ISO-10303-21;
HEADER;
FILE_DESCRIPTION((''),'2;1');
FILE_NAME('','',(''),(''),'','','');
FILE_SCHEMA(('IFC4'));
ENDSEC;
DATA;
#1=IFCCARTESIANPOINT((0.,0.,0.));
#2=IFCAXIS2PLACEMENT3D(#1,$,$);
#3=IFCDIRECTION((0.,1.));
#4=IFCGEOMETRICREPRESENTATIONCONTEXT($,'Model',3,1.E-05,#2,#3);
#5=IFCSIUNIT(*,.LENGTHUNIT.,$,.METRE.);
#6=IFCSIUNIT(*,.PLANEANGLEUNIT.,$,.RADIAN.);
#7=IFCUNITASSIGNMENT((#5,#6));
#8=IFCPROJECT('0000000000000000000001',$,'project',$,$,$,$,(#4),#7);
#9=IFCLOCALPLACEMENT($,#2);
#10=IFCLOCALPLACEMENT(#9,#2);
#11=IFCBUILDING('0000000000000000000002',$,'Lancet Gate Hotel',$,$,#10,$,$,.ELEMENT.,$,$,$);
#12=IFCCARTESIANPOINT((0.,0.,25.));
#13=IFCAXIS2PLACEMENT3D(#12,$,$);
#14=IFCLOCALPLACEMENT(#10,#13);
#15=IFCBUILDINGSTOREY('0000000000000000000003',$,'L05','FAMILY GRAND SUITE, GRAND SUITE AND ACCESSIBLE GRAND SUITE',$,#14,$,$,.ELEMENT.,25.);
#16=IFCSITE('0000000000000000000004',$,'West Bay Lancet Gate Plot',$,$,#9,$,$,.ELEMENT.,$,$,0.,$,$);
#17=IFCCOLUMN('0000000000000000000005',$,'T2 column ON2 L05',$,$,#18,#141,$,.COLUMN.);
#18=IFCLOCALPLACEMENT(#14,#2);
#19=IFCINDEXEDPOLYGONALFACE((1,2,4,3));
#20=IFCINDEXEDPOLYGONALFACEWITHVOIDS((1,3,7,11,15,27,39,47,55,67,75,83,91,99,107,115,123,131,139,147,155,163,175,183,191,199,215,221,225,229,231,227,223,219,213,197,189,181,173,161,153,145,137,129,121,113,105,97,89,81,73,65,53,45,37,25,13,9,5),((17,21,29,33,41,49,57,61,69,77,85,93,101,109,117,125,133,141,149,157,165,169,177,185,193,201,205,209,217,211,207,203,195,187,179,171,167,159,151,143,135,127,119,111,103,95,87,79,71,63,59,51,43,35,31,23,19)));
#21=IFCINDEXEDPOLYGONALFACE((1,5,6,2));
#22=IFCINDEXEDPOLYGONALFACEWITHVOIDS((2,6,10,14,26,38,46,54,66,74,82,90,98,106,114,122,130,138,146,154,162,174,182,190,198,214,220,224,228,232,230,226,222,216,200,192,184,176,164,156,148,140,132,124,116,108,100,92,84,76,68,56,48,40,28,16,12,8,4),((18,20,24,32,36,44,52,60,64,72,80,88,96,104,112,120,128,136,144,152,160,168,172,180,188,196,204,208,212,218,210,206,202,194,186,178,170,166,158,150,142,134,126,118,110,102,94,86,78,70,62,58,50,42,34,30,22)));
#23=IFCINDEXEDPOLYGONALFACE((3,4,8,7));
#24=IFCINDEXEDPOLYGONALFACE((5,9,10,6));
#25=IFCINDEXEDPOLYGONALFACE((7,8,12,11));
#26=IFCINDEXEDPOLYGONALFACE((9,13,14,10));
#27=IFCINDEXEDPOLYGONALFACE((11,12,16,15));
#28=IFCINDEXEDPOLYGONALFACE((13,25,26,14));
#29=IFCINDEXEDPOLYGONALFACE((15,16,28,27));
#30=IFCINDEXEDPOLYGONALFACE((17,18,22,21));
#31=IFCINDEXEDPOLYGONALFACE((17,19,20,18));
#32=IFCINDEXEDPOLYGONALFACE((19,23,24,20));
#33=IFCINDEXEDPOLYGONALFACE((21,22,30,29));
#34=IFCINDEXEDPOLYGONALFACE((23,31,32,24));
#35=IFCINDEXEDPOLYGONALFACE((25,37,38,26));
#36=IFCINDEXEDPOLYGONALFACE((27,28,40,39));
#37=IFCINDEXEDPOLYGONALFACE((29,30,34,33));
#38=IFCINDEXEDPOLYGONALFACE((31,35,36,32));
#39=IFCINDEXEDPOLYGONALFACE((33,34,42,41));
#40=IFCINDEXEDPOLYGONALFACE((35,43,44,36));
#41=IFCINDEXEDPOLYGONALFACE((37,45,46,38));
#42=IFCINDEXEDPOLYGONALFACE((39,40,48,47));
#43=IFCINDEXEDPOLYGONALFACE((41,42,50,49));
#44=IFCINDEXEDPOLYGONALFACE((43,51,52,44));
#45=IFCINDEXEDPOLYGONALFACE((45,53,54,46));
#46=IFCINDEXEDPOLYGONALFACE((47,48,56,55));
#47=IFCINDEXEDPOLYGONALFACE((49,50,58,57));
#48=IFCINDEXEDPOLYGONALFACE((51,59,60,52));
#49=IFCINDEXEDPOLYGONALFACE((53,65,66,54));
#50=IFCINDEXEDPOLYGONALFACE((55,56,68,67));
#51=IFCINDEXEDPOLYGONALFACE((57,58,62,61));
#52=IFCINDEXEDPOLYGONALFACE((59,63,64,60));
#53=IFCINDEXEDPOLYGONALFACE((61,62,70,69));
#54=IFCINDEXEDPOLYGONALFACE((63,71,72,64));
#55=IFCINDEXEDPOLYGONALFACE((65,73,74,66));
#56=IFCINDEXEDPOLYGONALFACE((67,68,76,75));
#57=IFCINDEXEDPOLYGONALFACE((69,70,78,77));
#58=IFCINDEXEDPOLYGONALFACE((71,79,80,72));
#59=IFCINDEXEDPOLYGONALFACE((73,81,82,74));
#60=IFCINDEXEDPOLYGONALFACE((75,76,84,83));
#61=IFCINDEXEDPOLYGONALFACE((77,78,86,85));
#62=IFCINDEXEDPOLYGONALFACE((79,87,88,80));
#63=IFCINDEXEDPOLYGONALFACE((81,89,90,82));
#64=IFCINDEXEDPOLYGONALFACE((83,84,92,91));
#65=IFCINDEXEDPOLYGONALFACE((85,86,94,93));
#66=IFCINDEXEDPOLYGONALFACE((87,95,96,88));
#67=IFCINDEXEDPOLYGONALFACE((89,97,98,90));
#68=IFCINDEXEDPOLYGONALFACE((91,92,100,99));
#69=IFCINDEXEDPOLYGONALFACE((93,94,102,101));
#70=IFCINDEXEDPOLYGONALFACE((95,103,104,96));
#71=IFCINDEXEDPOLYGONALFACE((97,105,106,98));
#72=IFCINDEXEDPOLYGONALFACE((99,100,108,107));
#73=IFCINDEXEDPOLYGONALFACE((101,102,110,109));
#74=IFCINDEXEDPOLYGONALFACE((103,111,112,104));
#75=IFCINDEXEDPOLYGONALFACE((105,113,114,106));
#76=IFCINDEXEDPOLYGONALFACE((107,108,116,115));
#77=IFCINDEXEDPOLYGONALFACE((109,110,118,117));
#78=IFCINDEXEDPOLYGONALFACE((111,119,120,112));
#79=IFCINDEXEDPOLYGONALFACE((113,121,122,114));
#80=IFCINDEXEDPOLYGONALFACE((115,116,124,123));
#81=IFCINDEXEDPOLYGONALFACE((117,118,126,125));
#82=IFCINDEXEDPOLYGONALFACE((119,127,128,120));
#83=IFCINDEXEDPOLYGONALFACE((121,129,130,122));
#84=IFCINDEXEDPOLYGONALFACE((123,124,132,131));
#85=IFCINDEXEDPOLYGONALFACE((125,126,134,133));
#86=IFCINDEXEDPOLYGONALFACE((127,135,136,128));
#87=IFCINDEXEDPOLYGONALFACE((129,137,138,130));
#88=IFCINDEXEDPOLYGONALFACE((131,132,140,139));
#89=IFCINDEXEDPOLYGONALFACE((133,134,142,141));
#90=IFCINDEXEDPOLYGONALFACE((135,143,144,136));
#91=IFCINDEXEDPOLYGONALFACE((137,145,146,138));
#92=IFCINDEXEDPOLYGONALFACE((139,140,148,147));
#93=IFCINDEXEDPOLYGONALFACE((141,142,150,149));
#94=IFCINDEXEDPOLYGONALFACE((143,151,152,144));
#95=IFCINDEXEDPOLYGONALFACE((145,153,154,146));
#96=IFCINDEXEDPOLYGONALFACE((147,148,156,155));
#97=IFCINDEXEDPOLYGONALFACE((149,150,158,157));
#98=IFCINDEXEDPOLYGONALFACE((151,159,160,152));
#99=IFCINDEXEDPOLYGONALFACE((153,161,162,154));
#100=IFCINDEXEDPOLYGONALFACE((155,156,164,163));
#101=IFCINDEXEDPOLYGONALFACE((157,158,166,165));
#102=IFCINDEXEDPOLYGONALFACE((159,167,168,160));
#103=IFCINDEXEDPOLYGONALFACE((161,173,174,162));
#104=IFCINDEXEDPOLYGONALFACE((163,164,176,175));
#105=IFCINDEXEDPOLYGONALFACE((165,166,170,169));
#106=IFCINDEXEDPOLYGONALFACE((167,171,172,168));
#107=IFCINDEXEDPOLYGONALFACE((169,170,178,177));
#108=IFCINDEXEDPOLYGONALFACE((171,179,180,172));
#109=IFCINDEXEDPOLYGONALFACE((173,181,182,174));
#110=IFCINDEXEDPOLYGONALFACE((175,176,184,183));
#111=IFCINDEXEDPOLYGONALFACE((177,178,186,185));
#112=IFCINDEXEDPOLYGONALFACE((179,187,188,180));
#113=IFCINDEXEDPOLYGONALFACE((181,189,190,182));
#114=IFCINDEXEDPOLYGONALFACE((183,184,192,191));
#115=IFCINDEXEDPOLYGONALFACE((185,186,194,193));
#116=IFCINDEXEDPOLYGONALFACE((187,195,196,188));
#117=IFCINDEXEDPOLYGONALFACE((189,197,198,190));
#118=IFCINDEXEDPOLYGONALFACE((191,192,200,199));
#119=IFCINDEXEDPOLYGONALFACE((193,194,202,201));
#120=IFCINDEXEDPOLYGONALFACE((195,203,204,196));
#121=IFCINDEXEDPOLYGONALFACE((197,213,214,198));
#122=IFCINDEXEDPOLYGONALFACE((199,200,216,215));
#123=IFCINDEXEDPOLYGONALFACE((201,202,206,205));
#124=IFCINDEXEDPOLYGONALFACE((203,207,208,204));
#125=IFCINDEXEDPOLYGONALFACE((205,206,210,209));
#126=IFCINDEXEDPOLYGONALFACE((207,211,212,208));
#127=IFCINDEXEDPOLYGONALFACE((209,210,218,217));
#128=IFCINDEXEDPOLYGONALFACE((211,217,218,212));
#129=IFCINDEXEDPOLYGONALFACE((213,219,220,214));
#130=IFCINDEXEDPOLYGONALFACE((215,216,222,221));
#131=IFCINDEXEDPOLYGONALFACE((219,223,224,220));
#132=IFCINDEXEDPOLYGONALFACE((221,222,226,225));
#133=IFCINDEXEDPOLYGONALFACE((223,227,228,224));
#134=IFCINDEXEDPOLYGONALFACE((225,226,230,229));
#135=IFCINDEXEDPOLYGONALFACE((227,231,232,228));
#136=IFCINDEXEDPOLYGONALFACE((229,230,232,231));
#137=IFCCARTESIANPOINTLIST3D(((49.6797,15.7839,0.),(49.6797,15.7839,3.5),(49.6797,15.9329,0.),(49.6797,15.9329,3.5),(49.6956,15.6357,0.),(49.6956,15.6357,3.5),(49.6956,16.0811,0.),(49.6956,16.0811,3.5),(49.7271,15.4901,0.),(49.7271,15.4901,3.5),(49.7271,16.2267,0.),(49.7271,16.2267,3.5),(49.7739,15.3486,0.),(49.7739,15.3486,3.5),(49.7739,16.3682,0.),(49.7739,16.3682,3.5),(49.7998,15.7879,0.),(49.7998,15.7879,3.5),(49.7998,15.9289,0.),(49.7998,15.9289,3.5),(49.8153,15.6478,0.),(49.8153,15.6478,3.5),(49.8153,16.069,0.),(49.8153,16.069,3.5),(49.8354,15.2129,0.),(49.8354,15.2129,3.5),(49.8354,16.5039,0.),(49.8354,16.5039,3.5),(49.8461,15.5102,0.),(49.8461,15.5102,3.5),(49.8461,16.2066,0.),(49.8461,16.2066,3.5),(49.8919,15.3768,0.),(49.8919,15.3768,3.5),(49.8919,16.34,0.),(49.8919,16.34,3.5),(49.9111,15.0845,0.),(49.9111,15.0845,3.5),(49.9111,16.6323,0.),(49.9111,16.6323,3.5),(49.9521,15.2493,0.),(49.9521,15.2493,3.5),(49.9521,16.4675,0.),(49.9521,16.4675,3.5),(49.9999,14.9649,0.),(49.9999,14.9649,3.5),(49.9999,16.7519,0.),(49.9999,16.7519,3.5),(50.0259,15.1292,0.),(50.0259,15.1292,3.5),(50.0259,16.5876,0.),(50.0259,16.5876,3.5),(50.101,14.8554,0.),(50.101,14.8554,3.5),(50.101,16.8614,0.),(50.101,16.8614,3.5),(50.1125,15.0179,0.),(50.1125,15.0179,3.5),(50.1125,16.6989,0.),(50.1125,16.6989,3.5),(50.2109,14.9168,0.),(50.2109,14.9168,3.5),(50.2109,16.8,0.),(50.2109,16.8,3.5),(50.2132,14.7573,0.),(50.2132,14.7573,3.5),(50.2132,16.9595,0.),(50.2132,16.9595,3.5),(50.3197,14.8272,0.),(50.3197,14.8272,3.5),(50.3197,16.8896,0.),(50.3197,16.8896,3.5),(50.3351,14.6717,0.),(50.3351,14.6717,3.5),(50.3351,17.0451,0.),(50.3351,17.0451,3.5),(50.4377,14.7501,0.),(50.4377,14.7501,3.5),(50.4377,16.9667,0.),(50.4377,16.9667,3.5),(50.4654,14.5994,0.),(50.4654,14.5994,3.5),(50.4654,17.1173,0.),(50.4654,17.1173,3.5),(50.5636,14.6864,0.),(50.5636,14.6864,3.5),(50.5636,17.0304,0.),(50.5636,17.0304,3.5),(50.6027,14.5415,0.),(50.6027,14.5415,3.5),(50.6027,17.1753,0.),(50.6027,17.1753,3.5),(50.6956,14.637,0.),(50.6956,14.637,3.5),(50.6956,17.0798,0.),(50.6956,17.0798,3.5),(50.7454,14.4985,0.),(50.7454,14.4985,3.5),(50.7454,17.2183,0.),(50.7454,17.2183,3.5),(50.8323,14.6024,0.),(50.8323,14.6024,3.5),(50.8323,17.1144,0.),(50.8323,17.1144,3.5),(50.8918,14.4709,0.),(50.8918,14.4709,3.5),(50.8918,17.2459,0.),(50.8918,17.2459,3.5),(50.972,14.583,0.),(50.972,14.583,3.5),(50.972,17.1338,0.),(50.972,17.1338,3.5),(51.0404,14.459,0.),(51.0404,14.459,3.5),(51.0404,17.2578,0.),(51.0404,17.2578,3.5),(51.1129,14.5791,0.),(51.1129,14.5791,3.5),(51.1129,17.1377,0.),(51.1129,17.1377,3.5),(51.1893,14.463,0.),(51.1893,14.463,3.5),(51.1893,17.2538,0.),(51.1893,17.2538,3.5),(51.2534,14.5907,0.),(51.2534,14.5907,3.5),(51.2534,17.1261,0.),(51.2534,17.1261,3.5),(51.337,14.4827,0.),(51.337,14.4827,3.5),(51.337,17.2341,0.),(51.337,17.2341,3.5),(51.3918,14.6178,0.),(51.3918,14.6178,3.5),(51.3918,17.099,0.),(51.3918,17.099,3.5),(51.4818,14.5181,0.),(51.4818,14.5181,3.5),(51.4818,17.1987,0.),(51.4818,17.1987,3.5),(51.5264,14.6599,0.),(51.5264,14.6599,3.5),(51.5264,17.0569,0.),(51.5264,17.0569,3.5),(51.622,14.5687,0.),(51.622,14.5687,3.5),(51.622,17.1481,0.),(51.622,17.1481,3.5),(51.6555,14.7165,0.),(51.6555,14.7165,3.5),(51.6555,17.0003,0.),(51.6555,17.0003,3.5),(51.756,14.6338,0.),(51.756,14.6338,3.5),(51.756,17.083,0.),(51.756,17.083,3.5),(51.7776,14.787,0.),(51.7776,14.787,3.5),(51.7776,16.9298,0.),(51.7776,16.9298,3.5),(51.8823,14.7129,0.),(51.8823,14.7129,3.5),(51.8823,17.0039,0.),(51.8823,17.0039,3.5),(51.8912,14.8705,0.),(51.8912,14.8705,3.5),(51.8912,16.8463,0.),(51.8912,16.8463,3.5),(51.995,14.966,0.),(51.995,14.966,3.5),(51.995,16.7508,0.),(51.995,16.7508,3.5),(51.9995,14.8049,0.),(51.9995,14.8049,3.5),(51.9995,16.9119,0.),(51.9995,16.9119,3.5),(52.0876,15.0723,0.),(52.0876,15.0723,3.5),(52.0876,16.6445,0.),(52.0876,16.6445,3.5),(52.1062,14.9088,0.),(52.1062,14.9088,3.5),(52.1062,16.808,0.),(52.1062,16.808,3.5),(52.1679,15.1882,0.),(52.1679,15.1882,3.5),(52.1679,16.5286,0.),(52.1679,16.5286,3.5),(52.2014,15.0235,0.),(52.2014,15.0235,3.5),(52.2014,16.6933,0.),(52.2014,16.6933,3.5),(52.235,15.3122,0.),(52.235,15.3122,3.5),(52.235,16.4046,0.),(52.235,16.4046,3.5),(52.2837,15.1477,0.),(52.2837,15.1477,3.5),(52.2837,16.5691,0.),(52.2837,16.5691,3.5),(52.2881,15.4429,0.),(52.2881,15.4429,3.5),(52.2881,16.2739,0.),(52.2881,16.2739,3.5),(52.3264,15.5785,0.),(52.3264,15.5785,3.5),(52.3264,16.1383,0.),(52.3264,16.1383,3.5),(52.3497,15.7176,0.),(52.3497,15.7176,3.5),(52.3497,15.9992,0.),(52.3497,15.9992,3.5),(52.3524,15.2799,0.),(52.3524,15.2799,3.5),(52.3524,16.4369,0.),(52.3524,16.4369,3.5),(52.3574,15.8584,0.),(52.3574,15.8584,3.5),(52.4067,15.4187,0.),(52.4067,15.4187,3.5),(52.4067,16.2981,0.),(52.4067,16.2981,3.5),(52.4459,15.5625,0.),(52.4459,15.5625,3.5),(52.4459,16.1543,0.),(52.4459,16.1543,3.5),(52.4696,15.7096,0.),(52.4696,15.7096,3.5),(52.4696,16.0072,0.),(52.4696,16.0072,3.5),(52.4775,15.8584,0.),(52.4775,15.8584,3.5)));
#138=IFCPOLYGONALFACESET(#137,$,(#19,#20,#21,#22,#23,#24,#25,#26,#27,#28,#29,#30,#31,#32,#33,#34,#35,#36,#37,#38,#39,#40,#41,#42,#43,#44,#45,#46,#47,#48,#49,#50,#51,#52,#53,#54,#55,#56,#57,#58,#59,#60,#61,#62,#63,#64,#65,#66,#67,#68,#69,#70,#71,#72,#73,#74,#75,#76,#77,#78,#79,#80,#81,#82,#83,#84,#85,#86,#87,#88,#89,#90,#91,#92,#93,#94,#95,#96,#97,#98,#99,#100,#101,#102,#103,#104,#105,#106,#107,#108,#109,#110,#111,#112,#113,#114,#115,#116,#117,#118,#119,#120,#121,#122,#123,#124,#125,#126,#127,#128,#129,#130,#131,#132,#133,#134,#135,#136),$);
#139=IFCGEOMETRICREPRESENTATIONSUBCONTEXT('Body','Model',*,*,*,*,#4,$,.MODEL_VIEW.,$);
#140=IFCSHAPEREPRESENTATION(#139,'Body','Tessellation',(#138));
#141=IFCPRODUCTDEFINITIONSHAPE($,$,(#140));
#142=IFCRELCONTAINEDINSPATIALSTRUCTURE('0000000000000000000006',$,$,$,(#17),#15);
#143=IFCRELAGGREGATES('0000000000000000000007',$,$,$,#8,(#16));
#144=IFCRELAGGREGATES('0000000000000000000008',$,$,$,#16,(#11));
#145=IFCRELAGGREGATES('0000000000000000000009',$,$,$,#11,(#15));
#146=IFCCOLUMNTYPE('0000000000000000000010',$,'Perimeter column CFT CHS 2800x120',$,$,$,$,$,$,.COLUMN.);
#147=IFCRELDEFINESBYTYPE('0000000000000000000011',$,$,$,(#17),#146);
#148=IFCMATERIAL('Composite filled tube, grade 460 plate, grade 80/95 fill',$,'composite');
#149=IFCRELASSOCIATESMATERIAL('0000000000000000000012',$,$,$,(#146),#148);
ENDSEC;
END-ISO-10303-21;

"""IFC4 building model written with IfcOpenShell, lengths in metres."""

from ifc_helpers import new_model, si_unit, direction, frame, origin, origin_2d, place, context, subcontext, project, spatial, hollow_circle, extrude, material, material_profile, profile_set, type_object, element, save


model = new_model("IFC4")

# Units and contexts
model_context = context("Model", 3, precision=1e-05, world=origin(), true_north=direction((0.0, 1.0)))
body_context = subcontext(model_context, "Body", "Model", "MODEL_VIEW")
ifc_project = project(units=[si_unit("LENGTHUNIT", "METRE"), si_unit("PLANEANGLEUNIT", "RADIAN")], contexts=[model_context])

# Site, building, storey
site_placement = place(None, origin())
site = spatial("IfcSite", under=ifc_project, at=site_placement, Name="West Bay Lancet Gate Plot", CompositionType="ELEMENT", RefElevation=0.0)
building_placement = place(site_placement, origin())
building = spatial("IfcBuilding", under=site, at=building_placement, Name="Lancet Gate Hotel", CompositionType="ELEMENT")
storey_placement = place(building_placement, frame((0.0, 0.0, 25.0)))
storey = spatial("IfcBuildingStorey", under=building, at=storey_placement, Name="L05", Description="FAMILY GRAND SUITE, GRAND SUITE AND ACCESSIBLE GRAND SUITE", CompositionType="ELEMENT", Elevation=25.0)

# Column
ifc_material_1 = material(Name="Composite filled tube, grade 460 plate, grade 80/95 fill", Category="composite")
ifc_material_profile_1 = material_profile(ifc_material_1, hollow_circle(Radius=1.3999, WallThickness=0.1201, at=origin_2d()), Name="CHS 2800x120")
ifc_profile_set_1 = profile_set([ifc_material_profile_1], Name="Composite filled tube, grade 460 plate, grade 80/95 fill")
column_type = type_object("IfcColumnType", Name="Perimeter column CFT CHS 2800x120", PredefinedType="COLUMN", material=ifc_profile_set_1)
for number, where, z_axis, x_axis, name in (
    (1, (51.0776, 15.8584, 0.0), (0.0, 0.0, 1.0), (1.0, 0.0, 0.0), "T2 column ON2 L05"),
):
    element("IfcColumn", number, at=place(storey_placement, frame(where, z_axis=z_axis, x_axis=x_axis)), inside=storey, type_object=column_type, Name=name, PredefinedType="COLUMN", context=body_context, shape_type="SweptSolid", body=[
        extrude(hollow_circle(Radius=1.3999, WallThickness=0.1201, at=origin_2d()), origin(), (0.0, 0.0, 1.0), 3.5),
    ])

save(model, "model.ifc")
